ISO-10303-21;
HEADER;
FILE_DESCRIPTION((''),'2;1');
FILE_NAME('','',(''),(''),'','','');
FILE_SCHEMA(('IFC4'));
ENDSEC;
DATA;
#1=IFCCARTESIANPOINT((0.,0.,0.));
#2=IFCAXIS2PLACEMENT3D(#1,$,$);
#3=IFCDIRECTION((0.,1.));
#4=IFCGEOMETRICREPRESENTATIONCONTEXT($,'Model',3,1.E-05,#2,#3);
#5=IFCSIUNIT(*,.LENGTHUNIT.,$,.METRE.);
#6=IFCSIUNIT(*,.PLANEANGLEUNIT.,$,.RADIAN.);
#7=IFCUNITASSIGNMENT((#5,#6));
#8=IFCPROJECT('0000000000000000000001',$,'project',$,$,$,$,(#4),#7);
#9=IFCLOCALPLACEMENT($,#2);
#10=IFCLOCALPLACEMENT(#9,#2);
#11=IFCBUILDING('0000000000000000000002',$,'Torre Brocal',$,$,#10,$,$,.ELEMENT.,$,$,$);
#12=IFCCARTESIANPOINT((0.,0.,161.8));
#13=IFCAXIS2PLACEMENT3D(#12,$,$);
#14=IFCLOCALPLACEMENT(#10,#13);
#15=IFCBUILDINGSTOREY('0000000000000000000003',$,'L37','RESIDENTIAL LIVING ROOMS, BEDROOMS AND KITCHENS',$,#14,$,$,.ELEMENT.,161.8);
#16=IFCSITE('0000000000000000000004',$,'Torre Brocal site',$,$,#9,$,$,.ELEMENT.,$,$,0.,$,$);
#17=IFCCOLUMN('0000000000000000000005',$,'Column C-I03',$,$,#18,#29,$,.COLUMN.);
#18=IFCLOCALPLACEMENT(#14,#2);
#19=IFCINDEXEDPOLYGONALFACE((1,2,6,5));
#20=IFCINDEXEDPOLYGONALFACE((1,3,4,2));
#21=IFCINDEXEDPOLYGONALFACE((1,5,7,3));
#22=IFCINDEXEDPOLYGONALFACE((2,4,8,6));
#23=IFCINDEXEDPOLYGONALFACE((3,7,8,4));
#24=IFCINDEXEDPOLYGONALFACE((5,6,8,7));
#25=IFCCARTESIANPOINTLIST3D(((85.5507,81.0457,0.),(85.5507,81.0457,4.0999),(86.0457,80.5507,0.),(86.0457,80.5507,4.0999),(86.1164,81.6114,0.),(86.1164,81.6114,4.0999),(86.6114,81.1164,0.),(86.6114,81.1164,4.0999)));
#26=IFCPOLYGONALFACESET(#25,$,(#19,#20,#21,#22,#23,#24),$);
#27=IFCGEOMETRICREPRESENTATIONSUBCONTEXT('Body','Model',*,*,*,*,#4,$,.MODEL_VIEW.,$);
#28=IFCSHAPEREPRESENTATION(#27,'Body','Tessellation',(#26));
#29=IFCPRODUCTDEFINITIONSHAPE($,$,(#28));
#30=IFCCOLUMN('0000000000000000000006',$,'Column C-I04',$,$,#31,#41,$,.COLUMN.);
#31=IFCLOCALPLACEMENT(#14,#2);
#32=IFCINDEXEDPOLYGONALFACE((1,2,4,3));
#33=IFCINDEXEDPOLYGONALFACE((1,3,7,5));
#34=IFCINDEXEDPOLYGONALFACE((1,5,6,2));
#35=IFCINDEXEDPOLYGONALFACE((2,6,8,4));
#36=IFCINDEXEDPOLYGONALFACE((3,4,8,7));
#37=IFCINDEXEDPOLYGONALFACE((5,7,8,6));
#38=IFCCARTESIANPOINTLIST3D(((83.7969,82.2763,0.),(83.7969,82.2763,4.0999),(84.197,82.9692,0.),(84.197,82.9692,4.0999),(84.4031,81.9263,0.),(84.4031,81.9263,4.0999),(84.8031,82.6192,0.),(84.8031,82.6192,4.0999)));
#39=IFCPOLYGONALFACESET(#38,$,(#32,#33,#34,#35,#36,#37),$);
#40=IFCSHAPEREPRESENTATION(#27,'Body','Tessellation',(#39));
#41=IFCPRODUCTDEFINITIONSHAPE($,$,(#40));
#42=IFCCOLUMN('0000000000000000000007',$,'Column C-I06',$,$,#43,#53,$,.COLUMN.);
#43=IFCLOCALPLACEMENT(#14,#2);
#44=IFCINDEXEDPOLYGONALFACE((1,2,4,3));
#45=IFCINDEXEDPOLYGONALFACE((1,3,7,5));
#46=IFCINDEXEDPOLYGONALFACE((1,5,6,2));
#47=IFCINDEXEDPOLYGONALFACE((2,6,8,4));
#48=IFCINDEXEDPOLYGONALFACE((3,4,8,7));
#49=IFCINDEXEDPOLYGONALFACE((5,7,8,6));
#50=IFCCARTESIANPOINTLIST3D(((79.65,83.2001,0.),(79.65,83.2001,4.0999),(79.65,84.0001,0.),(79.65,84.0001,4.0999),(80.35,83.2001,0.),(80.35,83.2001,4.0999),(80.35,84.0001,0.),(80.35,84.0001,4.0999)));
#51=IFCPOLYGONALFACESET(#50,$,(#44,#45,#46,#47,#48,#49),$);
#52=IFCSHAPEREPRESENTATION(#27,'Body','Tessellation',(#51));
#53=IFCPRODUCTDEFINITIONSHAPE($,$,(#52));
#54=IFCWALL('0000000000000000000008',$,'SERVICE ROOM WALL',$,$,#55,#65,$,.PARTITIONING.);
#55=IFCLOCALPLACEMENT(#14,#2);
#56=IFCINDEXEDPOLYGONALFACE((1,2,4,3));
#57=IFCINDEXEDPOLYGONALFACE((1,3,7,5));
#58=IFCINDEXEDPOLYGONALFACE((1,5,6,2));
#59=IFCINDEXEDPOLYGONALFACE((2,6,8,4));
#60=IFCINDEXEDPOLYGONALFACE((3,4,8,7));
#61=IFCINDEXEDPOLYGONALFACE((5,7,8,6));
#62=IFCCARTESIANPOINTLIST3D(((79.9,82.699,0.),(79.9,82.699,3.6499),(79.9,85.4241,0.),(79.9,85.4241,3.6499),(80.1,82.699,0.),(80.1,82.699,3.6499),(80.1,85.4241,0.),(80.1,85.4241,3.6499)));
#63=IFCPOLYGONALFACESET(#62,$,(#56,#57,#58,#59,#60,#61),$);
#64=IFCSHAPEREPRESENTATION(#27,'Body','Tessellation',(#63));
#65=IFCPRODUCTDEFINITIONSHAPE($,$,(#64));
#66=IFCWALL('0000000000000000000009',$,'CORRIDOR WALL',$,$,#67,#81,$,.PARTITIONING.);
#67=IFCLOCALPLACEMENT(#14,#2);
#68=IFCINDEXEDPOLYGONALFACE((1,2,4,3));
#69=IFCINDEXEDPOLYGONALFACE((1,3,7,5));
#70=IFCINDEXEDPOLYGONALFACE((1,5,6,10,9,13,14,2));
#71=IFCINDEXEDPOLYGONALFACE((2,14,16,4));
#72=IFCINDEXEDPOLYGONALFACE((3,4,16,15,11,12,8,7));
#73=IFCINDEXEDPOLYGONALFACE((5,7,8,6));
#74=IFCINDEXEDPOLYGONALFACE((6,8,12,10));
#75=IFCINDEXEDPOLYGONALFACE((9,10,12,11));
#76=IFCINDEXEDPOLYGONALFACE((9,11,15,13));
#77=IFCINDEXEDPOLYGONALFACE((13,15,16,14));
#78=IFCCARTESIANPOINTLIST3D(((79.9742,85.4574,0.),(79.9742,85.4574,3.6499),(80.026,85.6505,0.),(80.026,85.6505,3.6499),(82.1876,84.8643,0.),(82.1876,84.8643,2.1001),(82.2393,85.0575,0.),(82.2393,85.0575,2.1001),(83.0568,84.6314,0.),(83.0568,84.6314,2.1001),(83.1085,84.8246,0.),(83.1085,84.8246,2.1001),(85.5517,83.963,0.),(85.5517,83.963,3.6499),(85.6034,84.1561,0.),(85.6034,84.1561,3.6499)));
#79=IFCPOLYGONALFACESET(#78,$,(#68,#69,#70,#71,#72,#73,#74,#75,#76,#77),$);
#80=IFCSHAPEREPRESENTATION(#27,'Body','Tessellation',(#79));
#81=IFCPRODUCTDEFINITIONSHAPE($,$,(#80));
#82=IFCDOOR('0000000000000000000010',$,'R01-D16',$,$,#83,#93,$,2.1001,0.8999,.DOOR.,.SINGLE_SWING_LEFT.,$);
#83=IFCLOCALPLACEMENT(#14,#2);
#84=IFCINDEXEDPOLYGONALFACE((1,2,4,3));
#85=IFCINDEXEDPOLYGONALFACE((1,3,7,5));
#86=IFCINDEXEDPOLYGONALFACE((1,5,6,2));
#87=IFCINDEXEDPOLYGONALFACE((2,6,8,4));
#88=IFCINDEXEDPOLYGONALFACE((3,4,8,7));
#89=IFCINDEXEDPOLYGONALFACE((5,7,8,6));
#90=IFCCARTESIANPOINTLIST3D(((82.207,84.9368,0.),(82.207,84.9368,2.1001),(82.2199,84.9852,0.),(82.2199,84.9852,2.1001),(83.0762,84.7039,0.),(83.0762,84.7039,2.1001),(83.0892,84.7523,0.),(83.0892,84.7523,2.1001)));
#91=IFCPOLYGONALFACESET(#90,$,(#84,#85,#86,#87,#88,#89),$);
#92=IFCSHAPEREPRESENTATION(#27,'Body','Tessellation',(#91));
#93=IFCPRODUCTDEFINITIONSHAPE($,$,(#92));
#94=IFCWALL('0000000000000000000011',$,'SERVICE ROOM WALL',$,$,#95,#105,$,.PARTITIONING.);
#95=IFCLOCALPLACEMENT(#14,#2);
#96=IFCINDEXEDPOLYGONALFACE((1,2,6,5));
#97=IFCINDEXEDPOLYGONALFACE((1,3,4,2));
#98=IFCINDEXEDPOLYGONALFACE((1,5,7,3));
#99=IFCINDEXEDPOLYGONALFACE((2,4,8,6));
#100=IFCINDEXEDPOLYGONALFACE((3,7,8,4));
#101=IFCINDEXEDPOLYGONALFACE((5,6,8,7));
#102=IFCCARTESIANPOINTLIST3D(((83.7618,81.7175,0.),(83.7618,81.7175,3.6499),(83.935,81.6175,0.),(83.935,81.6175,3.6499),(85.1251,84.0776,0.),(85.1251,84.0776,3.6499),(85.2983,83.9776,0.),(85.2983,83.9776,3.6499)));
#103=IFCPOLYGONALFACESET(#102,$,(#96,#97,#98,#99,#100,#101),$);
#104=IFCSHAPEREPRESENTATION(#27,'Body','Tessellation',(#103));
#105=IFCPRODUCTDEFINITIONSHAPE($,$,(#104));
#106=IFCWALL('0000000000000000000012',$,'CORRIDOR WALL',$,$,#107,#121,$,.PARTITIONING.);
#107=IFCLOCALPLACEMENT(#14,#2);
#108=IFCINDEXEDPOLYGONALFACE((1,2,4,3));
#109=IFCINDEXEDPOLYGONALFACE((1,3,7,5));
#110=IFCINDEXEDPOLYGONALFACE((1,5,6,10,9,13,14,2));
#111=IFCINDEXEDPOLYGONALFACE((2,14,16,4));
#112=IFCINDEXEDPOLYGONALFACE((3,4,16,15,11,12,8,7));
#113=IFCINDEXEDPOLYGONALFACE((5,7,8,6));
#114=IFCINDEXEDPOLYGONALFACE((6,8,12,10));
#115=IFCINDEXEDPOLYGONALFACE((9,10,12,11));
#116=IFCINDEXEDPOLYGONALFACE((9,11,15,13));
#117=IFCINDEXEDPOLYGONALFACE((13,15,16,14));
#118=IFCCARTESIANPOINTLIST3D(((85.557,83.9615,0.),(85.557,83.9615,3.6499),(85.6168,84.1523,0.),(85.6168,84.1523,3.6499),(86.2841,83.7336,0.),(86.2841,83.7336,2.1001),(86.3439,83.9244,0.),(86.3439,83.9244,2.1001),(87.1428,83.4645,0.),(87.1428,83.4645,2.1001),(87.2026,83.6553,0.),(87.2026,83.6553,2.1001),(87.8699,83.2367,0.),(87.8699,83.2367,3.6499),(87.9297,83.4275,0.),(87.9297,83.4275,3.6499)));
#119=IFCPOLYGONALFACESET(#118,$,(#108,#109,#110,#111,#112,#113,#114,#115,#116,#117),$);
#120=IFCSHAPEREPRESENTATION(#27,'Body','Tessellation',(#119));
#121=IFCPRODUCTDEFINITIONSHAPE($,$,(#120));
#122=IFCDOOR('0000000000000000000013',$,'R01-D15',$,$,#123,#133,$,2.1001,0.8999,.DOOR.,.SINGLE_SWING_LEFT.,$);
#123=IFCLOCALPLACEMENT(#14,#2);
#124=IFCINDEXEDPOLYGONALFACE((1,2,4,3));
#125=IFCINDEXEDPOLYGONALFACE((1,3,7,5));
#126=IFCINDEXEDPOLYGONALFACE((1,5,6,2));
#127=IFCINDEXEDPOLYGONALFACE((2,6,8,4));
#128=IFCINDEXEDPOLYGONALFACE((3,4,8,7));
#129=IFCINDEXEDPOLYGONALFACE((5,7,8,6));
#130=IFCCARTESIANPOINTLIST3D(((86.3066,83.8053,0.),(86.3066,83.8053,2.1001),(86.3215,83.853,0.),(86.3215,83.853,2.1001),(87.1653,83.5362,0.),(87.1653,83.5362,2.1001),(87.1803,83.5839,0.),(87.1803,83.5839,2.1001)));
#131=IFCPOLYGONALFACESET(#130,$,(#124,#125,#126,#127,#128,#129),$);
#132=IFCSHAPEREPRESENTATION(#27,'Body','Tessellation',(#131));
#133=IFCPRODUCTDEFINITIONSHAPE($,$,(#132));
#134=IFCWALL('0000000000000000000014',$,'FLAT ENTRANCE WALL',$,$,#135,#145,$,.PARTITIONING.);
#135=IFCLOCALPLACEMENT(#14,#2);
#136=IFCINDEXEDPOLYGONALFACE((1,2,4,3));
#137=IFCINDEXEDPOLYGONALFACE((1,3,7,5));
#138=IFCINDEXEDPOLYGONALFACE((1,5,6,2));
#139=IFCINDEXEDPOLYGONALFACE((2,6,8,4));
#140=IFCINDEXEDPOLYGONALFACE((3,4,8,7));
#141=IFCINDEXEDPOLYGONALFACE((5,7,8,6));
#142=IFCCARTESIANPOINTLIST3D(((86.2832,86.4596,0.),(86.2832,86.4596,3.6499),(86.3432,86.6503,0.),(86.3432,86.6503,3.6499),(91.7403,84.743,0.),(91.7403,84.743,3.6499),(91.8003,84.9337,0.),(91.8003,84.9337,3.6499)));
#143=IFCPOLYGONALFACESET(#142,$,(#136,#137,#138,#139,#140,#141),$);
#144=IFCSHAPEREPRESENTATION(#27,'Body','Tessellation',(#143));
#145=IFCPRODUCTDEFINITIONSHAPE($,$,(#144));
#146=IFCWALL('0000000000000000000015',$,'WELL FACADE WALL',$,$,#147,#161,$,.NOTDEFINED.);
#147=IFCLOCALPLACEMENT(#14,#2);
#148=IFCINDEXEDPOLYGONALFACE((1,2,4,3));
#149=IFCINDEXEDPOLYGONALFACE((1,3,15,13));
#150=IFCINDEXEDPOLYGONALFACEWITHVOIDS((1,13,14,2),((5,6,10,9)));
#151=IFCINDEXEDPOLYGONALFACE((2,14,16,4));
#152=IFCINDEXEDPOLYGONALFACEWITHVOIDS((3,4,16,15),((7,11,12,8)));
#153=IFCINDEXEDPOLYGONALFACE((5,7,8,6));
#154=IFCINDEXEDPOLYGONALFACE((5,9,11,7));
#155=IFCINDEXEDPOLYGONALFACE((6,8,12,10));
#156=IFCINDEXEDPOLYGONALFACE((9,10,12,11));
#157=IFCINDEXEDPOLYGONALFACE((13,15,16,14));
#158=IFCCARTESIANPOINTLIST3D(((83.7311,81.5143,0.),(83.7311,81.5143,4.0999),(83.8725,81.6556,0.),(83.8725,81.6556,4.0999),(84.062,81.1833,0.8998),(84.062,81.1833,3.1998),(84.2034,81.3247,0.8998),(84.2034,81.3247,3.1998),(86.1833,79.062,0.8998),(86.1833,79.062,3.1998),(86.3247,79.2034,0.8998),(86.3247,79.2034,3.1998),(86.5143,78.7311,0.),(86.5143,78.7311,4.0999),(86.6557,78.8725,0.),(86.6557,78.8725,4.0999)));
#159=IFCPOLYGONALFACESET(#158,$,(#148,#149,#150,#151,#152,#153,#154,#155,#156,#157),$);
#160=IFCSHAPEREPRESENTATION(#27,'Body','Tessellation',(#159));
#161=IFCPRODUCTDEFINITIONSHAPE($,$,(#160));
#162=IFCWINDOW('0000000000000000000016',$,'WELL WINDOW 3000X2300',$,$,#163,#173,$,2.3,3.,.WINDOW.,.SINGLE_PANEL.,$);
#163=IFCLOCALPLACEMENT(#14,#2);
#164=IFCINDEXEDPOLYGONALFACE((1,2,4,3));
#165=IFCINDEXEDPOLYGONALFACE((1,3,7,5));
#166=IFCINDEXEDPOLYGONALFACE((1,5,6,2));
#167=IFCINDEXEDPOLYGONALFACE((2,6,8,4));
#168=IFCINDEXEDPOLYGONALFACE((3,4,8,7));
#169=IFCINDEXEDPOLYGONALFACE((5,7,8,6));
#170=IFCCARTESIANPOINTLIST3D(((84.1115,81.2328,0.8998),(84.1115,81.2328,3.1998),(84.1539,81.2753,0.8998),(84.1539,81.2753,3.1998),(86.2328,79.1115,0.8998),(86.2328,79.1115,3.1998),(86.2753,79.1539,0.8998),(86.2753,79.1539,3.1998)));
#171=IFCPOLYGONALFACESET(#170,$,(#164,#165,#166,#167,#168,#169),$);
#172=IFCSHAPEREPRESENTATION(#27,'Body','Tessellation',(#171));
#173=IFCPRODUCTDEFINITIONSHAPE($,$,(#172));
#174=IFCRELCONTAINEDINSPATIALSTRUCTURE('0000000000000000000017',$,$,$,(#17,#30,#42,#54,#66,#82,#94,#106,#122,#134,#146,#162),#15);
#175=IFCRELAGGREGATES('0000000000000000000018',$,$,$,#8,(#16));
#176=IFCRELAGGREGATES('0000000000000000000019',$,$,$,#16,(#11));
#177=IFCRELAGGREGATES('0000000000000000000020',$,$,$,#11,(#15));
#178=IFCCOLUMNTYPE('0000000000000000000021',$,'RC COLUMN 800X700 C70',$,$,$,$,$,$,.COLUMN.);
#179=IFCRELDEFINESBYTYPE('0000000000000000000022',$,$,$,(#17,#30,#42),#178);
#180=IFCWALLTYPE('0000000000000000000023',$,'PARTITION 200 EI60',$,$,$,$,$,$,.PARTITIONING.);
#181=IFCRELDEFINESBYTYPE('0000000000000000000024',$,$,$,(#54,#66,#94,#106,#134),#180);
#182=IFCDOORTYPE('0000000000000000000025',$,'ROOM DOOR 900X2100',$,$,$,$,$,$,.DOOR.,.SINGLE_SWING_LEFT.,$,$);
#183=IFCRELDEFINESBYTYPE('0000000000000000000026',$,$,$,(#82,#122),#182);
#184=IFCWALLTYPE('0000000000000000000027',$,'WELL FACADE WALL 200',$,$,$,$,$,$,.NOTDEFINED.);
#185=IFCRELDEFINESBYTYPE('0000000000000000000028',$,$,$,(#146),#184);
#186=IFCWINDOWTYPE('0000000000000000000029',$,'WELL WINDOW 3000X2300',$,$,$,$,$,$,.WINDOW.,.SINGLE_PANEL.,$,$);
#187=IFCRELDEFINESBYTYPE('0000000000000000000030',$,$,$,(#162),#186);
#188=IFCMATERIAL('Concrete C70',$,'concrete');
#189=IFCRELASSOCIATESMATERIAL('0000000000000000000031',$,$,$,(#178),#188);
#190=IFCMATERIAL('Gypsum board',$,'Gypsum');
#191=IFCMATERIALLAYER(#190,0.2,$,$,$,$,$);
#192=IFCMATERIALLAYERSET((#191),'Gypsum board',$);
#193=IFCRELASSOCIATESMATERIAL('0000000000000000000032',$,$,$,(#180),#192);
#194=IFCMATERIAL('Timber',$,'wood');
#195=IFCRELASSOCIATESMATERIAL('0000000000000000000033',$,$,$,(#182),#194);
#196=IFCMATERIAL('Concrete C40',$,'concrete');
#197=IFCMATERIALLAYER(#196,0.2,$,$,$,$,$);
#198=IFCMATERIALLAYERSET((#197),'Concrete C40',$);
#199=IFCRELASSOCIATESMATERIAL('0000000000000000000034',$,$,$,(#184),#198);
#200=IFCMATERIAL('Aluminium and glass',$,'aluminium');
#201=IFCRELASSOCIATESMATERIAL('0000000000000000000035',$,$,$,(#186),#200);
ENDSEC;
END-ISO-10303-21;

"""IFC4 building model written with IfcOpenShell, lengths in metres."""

from ifc_helpers import new_model, si_unit, direction, frame, frame_2d, origin, origin_2d, place, context, subcontext, project, spatial, rectangle, extrude, material, layer, layer_set, material_profile, profile_set, type_object, element, fill, save


model = new_model("IFC4")

# Units and contexts
model_context = context("Model", 3, precision=1e-05, world=origin(), true_north=direction((0.0, 1.0)))
body_context = subcontext(model_context, "Body", "Model", "MODEL_VIEW")
ifc_project = project(units=[si_unit("LENGTHUNIT", "METRE"), si_unit("PLANEANGLEUNIT", "RADIAN")], contexts=[model_context])

# Site, building, storey
site_placement = place(None, origin())
site = spatial("IfcSite", under=ifc_project, at=site_placement, Name="Torre Brocal site", CompositionType="ELEMENT", RefElevation=0.0)
building_placement = place(site_placement, origin())
building = spatial("IfcBuilding", under=site, at=building_placement, Name="Torre Brocal", CompositionType="ELEMENT")
storey_placement = place(building_placement, frame((0.0, 0.0, 161.8)))
storey = spatial("IfcBuildingStorey", under=building, at=storey_placement, Name="L37", Description="RESIDENTIAL LIVING ROOMS, BEDROOMS AND KITCHENS", CompositionType="ELEMENT", Elevation=161.8)

# Columns
ifc_material_1 = material(Name="Concrete C70", Category="concrete")
ifc_material_profile = material_profile(ifc_material_1, rectangle(XDim=0.8, YDim=0.7, at=origin_2d()), Name="RC 800X700")
ifc_profile_set = profile_set([ifc_material_profile], Name="Concrete C70")
column_type = type_object("IfcColumnType", Name="RC COLUMN 800X700 C70", PredefinedType="COLUMN", material=ifc_profile_set)
for number, where, z_axis, x_axis, name in (
    (1, (86.0811, 81.0811, 0.0), (0.0, 0.0, 1.0), (0.707107, 0.707107, 0.0), "Column C-I03"),
    (2, (84.3, 82.4478, 0.0), (0.0, 0.0, 1.0), (0.5, 0.866025, 0.0), "Column C-I04"),
    (3, (80.0, 83.6001, 0.0), (0.0, 0.0, 1.0), (0.0, 1.0, 0.0), "Column C-I06"),
):
    element("IfcColumn", number, at=place(storey_placement, frame(where, z_axis=z_axis, x_axis=x_axis)), inside=storey, type_object=column_type, Name=name, PredefinedType="COLUMN", context=body_context, shape_type="SweptSolid", body=[
        extrude(rectangle(XDim=0.8, YDim=0.7, at=origin_2d()), origin(), (0.0, 0.0, 1.0), 4.0999),
    ])

# Wall
ifc_material_2 = material(Name="Gypsum board", Category="Gypsum")
ifc_layer_1 = layer(ifc_material_2, 0.2)
ifc_layer_set_1 = layer_set([ifc_layer_1], Name="Gypsum board")
wall_type_1 = type_object("IfcWallType", Name="PARTITION 200 EI60", PredefinedType="PARTITIONING", material=ifc_layer_set_1)
wall_1_placement = place(storey_placement, frame((80.0, 82.699, 0.0), z_axis=(0.0, 0.0, 1.0), x_axis=(0.0, 1.0, 0.0)))
element("IfcWall", 4, at=wall_1_placement, inside=storey, type_object=wall_type_1, Name="SERVICE ROOM WALL", PredefinedType="PARTITIONING", context=body_context, shape_type="SweptSolid", body=[
    extrude(rectangle(XDim=2.7251, YDim=0.2, at=frame_2d((1.3625, 0.0))), origin(), (0.0, 0.0, 1.0), 3.6499),
])

# Wall, opening, door
wall_2_placement = place(storey_placement, frame((80.0, 85.554, 0.0), z_axis=(0.0, 0.0, 1.0), x_axis=(0.965929, -0.258807, 0.0)))
wall_2 = element("IfcWall", 5, at=wall_2_placement, inside=storey, type_object=wall_type_1, Name="CORRIDOR WALL", PredefinedType="PARTITIONING", context=body_context, shape_type="SweptSolid", body=[
    extrude(rectangle(XDim=5.7742, YDim=0.2, at=frame_2d((2.8872, 0.0))), origin(), (0.0, 0.0, 1.0), 3.6499),
])
opening_1_placement = place(wall_2_placement, frame((2.2915, 0.0, 0.0)))
opening_1 = element("IfcOpeningElement", 6, at=opening_1_placement, cuts=wall_2, PredefinedType="OPENING", context=body_context, shape_type="SweptSolid", body=[
    extrude(rectangle(XDim=0.8999, YDim=2.1001, at=frame_2d((0.45, 1.05))), frame((0.0, 0.1099, 0.0), z_axis=(0.0, -1.0, 0.0), x_axis=(1.0, 0.0, 0.0)), (0.0, 0.0, 1.0), 0.22),
])
ifc_material_3 = material(Name="Timber", Category="wood")
door_type = type_object("IfcDoorType", Name="ROOM DOOR 900X2100", OperationType="SINGLE_SWING_LEFT", PredefinedType="DOOR", material=ifc_material_3)
door_1_placement = place(opening_1_placement, frame((0.8999, 0.0, 0.0), z_axis=(0.0, 0.0, 1.0), x_axis=(-1.0, 0.0, 0.0)))
door_1 = element("IfcDoor", 7, at=door_1_placement, inside=storey, type_object=door_type, Name="R01-D16", OperationType="SINGLE_SWING_LEFT", OverallHeight=2.1001, OverallWidth=0.8999, PredefinedType="DOOR", context=body_context, shape_type="SweptSolid", body=[
    extrude(rectangle(XDim=0.8999, YDim=2.1001, at=frame_2d((0.45, 1.05))), frame((0.0, 0.0249, 0.0), z_axis=(0.0, -1.0, 0.0), x_axis=(1.0, 0.0, 0.0)), (0.0, 0.0, 1.0), 0.05),
])
fill(opening_1, door_1)

# Wall
wall_3_placement = place(storey_placement, frame((83.8484, 81.6675, 0.0), z_axis=(0.0, 0.0, 1.0), x_axis=(0.500185, 0.865919, 0.0)))
element("IfcWall", 8, at=wall_3_placement, inside=storey, type_object=wall_type_1, Name="SERVICE ROOM WALL", PredefinedType="PARTITIONING", context=body_context, shape_type="SweptSolid", body=[
    extrude(rectangle(XDim=2.7256, YDim=0.2, at=frame_2d((1.3628, 0.0))), origin(), (0.0, 0.0, 1.0), 3.6499),
])

# Wall, opening, door
wall_4_placement = place(storey_placement, frame((85.5869, 84.0569, 0.0), z_axis=(0.0, 0.0, 1.0), x_axis=(0.95424, -0.299043, 0.0)))
wall_4 = element("IfcWall", 9, at=wall_4_placement, inside=storey, type_object=wall_type_1, Name="CORRIDOR WALL", PredefinedType="PARTITIONING", context=body_context, shape_type="SweptSolid", body=[
    extrude(rectangle(XDim=2.4238, YDim=0.2, at=frame_2d((1.2119, 0.0))), origin(), (0.0, 0.0, 1.0), 3.6499),
])
opening_2_placement = place(wall_4_placement, frame((0.762, 0.0, 0.0)))
opening_2 = element("IfcOpeningElement", 10, at=opening_2_placement, cuts=wall_4, PredefinedType="OPENING", context=body_context, shape_type="SweptSolid", body=[
    extrude(rectangle(XDim=0.8999, YDim=2.1001, at=frame_2d((0.45, 1.05))), frame((0.0, 0.1099, 0.0), z_axis=(0.0, -1.0, 0.0), x_axis=(1.0, 0.0, 0.0)), (0.0, 0.0, 1.0), 0.22),
])
door_2_placement = place(opening_2_placement, frame((0.8999, 0.0, 0.0), z_axis=(0.0, 0.0, 1.0), x_axis=(-1.0, 0.0, 0.0)))
door_2 = element("IfcDoor", 11, at=door_2_placement, inside=storey, type_object=door_type, Name="R01-D15", OperationType="SINGLE_SWING_LEFT", OverallHeight=2.1001, OverallWidth=0.8999, PredefinedType="DOOR", context=body_context, shape_type="SweptSolid", body=[
    extrude(rectangle(XDim=0.8999, YDim=2.1001, at=frame_2d((0.45, 1.05))), frame((0.0, 0.0249, 0.0), z_axis=(0.0, -1.0, 0.0), x_axis=(1.0, 0.0, 0.0)), (0.0, 0.0, 1.0), 0.05),
])
fill(opening_2, door_2)

# Wall
wall_5_placement = place(storey_placement, frame((86.3132, 86.5549, 0.0), z_axis=(0.0, 0.0, 1.0), x_axis=(0.953919, -0.300063, 0.0)))
element("IfcWall", 12, at=wall_5_placement, inside=storey, type_object=wall_type_1, Name="FLAT ENTRANCE WALL", PredefinedType="PARTITIONING", context=body_context, shape_type="SweptSolid", body=[
    extrude(rectangle(XDim=5.7207, YDim=0.2, at=frame_2d((2.8604, 0.0))), origin(), (0.0, 0.0, 1.0), 3.6499),
])

# Wall, opening, window
ifc_material_4 = material(Name="Concrete C40", Category="concrete")
ifc_layer_2 = layer(ifc_material_4, 0.2)
ifc_layer_set_2 = layer_set([ifc_layer_2], Name="Concrete C40")
wall_type_2 = type_object("IfcWallType", Name="WELL FACADE WALL 200", PredefinedType="NOTDEFINED", material=ifc_layer_set_2)
wall_6_placement = place(storey_placement, frame((86.585, 78.8018, 0.0), z_axis=(0.0, 0.0, 1.0), x_axis=(-0.707107, 0.707107, 0.0)))
wall_6 = element("IfcWall", 13, at=wall_6_placement, inside=storey, type_object=wall_type_2, Name="WELL FACADE WALL", PredefinedType="NOTDEFINED", context=body_context, shape_type="SweptSolid", body=[
    extrude(rectangle(XDim=3.936, YDim=0.2, at=frame_2d((1.968, 0.0))), origin(), (0.0, 0.0, 1.0), 4.0999),
])
opening_3_placement = place(wall_6_placement, frame((0.468, 0.0, 0.8999)))
opening_3 = element("IfcOpeningElement", 14, at=opening_3_placement, cuts=wall_6, PredefinedType="OPENING", context=body_context, shape_type="SweptSolid", body=[
    extrude(rectangle(XDim=3.0, YDim=2.3, at=frame_2d((1.5, 1.1499))), frame((0.0, 0.1099, 0.0), z_axis=(0.0, -1.0, 0.0), x_axis=(1.0, 0.0, 0.0)), (0.0, 0.0, 1.0), 0.22),
])
ifc_material_5 = material(Name="Aluminium and glass", Category="aluminium")
window_type = type_object("IfcWindowType", Name="WELL WINDOW 3000X2300", PartitioningType="SINGLE_PANEL", PredefinedType="WINDOW", material=ifc_material_5)
window_1_placement = place(opening_3_placement, origin())
window_1 = element("IfcWindow", 15, at=window_1_placement, inside=storey, type_object=window_type, Name="WELL WINDOW 3000X2300", OverallHeight=2.3, OverallWidth=3.0, PartitioningType="SINGLE_PANEL", PredefinedType="WINDOW", context=body_context, shape_type="SweptSolid", body=[
    extrude(rectangle(XDim=3.0, YDim=2.3, at=frame_2d((1.5, 1.1499))), frame((0.0, 0.03, 0.0), z_axis=(0.0, -1.0, 0.0), x_axis=(1.0, 0.0, 0.0)), (0.0, 0.0, 1.0), 0.0601),
])
fill(opening_3, window_1)

save(model, "model.ifc")
